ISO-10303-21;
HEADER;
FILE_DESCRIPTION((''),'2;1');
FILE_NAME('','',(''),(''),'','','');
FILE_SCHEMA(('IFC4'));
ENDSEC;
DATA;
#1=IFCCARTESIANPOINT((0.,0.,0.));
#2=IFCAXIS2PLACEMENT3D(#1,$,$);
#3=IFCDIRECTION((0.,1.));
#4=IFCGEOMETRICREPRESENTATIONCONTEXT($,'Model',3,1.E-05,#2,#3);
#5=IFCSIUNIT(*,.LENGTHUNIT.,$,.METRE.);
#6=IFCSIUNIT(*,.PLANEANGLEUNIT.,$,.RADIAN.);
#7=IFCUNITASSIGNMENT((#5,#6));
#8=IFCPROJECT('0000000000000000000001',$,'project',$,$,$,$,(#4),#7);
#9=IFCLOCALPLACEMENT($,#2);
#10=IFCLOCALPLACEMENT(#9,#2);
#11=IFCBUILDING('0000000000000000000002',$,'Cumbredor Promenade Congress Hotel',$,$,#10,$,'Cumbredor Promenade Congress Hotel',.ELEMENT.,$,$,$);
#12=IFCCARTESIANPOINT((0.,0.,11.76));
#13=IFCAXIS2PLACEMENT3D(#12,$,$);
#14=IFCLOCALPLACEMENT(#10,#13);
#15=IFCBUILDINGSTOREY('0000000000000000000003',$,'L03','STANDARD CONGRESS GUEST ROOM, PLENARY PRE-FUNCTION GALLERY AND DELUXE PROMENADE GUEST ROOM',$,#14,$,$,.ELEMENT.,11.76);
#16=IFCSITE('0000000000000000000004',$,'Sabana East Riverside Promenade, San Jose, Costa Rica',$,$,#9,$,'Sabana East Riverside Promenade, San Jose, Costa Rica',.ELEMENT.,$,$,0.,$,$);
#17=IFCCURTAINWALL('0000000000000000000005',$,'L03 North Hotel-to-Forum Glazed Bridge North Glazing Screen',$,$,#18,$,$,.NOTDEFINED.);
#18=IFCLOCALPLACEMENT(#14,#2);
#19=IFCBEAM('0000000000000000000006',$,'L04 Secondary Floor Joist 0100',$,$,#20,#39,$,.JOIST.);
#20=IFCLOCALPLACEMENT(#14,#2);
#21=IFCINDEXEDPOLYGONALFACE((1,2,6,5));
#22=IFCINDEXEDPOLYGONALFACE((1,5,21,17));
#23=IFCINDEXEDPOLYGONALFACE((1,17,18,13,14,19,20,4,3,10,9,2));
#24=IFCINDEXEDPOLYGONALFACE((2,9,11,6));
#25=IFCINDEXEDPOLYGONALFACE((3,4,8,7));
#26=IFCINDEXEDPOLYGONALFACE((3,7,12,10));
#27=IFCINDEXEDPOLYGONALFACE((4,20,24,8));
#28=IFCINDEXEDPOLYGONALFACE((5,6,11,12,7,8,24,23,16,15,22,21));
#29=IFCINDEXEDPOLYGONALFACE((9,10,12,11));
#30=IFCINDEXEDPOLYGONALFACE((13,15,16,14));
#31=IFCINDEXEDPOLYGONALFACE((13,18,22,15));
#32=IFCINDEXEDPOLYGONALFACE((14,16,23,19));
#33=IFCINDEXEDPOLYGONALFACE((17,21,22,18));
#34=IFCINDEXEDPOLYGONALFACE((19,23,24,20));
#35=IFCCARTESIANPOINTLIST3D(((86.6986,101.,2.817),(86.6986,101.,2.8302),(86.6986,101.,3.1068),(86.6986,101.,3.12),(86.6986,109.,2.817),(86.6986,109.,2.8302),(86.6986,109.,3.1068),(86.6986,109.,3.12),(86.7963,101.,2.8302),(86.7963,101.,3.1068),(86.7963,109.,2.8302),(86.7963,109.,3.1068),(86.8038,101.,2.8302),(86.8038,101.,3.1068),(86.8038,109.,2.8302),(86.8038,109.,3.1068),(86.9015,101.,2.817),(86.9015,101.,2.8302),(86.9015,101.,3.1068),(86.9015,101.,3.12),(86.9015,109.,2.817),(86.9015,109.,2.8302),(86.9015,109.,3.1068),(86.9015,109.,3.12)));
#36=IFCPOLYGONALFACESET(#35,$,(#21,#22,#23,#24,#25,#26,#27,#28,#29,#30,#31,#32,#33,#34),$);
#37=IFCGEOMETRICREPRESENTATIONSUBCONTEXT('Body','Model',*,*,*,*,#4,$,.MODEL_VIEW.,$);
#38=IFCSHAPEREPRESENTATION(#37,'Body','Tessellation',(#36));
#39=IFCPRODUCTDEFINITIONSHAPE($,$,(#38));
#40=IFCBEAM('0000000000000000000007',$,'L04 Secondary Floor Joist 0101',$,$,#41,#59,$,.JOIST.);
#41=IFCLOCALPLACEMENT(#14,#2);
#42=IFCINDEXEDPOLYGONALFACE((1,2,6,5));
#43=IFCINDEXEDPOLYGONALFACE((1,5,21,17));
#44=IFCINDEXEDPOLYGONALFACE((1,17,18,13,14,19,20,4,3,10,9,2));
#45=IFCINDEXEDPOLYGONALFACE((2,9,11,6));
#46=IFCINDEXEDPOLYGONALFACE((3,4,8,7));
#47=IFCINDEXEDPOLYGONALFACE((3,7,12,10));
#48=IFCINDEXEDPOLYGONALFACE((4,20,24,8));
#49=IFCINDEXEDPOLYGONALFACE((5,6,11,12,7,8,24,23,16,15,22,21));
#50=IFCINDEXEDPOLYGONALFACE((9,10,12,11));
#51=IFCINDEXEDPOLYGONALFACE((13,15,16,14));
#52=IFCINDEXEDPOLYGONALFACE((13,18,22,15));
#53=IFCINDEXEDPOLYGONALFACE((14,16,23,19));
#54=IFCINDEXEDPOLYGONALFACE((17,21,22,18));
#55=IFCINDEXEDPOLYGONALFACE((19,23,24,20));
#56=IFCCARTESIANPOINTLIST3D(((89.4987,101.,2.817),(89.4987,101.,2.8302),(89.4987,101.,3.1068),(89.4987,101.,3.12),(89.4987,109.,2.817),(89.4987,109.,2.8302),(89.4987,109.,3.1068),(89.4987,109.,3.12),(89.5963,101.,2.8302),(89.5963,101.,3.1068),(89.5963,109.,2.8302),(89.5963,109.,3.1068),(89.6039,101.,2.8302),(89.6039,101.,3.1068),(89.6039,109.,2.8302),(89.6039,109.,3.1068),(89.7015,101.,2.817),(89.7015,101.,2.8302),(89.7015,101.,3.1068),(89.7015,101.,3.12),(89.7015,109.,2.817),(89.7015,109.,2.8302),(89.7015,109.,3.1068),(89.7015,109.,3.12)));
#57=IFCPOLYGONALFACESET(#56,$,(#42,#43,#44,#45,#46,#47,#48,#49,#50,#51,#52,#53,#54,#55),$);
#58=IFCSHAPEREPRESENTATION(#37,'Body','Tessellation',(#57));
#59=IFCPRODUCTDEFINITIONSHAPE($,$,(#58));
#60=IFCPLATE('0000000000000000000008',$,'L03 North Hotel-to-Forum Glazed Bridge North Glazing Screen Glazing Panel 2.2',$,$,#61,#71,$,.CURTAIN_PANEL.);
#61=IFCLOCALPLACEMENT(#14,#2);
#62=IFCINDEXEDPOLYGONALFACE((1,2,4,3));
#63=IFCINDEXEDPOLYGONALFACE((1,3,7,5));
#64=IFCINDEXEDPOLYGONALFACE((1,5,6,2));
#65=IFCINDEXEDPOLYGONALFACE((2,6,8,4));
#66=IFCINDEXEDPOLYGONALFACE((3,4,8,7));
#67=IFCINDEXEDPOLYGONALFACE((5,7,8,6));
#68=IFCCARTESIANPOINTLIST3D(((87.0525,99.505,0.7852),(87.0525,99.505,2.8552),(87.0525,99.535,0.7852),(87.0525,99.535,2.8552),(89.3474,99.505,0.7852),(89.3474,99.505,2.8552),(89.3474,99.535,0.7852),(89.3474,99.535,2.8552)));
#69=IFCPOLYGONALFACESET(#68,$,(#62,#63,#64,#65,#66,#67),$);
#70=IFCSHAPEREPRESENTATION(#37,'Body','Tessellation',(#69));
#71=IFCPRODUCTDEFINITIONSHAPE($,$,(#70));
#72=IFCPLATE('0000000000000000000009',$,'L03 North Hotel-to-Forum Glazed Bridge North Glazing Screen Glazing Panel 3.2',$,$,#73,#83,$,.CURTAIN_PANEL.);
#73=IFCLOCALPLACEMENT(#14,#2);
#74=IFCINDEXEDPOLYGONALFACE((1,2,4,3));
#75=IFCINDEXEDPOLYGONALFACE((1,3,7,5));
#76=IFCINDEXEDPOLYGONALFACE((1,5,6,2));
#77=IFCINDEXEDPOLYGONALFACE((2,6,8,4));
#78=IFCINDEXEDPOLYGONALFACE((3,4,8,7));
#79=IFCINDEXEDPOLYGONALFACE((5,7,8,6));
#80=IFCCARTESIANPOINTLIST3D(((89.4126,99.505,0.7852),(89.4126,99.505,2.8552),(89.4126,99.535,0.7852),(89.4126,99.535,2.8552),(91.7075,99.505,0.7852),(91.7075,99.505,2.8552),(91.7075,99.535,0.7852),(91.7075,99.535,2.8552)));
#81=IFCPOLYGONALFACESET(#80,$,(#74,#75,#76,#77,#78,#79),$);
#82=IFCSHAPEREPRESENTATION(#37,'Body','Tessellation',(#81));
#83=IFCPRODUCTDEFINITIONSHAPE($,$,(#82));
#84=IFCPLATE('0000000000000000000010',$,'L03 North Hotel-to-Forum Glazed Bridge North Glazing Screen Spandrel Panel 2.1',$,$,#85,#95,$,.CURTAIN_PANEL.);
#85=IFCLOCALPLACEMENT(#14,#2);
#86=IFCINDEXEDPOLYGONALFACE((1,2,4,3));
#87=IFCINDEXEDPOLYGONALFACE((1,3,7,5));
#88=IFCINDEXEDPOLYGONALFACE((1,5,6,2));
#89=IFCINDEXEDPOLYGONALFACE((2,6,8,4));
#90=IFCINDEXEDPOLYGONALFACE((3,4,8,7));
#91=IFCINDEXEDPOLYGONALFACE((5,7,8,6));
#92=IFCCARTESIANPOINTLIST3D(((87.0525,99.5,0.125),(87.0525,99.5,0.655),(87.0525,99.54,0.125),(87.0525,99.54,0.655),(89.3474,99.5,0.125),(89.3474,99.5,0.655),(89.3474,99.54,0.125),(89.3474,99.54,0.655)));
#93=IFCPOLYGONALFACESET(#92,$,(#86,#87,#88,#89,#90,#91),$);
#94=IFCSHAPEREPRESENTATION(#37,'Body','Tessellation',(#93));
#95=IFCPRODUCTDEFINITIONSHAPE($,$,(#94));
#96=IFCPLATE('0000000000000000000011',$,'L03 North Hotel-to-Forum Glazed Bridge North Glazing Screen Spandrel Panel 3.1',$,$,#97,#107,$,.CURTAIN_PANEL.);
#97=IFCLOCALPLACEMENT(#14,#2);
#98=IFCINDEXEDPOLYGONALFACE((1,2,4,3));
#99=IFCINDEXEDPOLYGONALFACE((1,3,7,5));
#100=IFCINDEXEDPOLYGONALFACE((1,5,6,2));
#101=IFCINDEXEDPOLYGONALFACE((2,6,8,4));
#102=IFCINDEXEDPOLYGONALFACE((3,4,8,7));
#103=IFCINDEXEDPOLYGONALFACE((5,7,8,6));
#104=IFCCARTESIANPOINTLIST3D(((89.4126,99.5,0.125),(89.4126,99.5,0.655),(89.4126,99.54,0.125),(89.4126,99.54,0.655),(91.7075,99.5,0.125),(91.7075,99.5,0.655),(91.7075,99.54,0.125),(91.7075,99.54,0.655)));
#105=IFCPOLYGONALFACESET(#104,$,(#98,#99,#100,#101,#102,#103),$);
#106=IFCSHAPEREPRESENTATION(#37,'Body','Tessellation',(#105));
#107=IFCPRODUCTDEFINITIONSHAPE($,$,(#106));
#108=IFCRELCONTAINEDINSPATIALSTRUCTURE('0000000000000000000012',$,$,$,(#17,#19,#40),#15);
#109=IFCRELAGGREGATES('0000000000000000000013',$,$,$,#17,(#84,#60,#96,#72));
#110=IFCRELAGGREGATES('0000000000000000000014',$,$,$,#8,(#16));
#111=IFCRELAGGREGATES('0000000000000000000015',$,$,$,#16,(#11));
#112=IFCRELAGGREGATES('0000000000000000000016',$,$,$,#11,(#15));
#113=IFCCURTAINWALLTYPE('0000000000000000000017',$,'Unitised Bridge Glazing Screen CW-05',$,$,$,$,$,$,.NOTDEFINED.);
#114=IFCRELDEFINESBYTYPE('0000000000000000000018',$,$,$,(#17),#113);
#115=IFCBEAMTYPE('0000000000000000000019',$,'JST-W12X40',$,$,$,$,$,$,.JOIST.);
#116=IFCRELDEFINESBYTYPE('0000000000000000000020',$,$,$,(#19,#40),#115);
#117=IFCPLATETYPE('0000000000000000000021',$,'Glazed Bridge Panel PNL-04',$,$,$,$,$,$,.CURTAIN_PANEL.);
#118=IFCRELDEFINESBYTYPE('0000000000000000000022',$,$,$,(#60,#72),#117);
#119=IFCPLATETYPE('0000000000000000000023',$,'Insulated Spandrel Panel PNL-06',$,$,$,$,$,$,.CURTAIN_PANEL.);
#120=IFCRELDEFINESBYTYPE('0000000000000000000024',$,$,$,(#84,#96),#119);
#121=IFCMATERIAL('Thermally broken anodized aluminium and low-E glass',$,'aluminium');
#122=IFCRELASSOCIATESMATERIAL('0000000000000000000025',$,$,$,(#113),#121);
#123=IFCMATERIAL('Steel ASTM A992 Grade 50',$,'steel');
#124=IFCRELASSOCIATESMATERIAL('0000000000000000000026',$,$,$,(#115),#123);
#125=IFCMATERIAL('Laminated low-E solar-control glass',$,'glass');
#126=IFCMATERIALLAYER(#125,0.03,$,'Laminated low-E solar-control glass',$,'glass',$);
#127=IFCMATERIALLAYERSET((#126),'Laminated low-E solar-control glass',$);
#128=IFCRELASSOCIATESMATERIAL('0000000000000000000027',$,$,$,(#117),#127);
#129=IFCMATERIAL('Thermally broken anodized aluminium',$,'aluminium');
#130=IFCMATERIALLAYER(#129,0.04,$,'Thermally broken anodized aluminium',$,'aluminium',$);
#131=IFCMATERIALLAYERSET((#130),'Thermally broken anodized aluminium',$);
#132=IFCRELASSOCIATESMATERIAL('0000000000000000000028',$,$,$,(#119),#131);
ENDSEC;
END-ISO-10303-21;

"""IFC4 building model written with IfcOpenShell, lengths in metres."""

from ifc_helpers import new_model, si_unit, direction, frame, origin, origin_2d, place, context, subcontext, project, spatial, rectangle, i_section, extrude, material, layer, layer_set, material_profile, profile_set, type_object, element, aggregate, save


model = new_model("IFC4")

# Units and contexts
model_context = context("Model", 3, precision=1e-05, world=origin(), true_north=direction((0.0, 1.0)))
body_context = subcontext(model_context, "Body", "Model", "MODEL_VIEW")
ifc_project = project(units=[si_unit("LENGTHUNIT", "METRE"), si_unit("PLANEANGLEUNIT", "RADIAN")], contexts=[model_context])

# Site, building, storey
site_placement = place(None, origin())
site = spatial("IfcSite", under=ifc_project, at=site_placement, Name="Sabana East Riverside Promenade, San Jose, Costa Rica", LongName="Sabana East Riverside Promenade, San Jose, Costa Rica", CompositionType="ELEMENT", RefElevation=0.0)
building_placement = place(site_placement, origin())
building = spatial("IfcBuilding", under=site, at=building_placement, Name="Cumbredor Promenade Congress Hotel", LongName="Cumbredor Promenade Congress Hotel", CompositionType="ELEMENT")
storey_placement = place(building_placement, frame((0.0, 0.0, 11.76)))
storey = spatial("IfcBuildingStorey", under=building, at=storey_placement, Name="L03", Description="STANDARD CONGRESS GUEST ROOM, PLENARY PRE-FUNCTION GALLERY AND DELUXE PROMENADE GUEST ROOM", CompositionType="ELEMENT", Elevation=11.76)

# Curtain wall
ifc_material_1 = material(Name="Thermally broken anodized aluminium and low-E glass", Category="aluminium")
curtain_wall_type_1 = type_object("IfcCurtainWallType", Name="Unitised Bridge Glazing Screen CW-05", PredefinedType="NOTDEFINED", material=ifc_material_1)
curtain_wall_1_placement = place(storey_placement, origin())
curtain_wall_1 = element("IfcCurtainWall", 1, at=curtain_wall_1_placement, inside=storey, type_object=curtain_wall_type_1, Name="L03 North Hotel-to-Forum Glazed Bridge North Glazing Screen", PredefinedType="NOTDEFINED")
ifc_material_2 = material(Name="Thermally broken anodized aluminium", Category="aluminium")

# Beams
ifc_material_3 = material(Name="Steel ASTM A992 Grade 50", Category="steel")
ifc_material_profile_1 = material_profile(ifc_material_3, i_section(OverallWidth=0.2029, OverallDepth=0.303, WebThickness=0.0076, FlangeThickness=0.0132, at=origin_2d()), Name="W12X40")
ifc_profile_set_1 = profile_set([ifc_material_profile_1], Name="Steel ASTM A992 Grade 50")
beam_type_1 = type_object("IfcBeamType", Name="JST-W12X40", PredefinedType="JOIST", material=ifc_profile_set_1)
for number, where, z_axis, x_axis, name in (
    (2, (86.8, 101.0, 2.9685), (0.0, 1.0, 0.0), (-1.0, 0.0, 0.0), "L04 Secondary Floor Joist 0100"),
    (3, (89.6001, 101.0, 2.9685), (0.0, 1.0, 0.0), (-1.0, 0.0, 0.0), "L04 Secondary Floor Joist 0101"),
):
    element("IfcBeam", number, at=place(storey_placement, frame(where, z_axis=z_axis, x_axis=x_axis)), inside=storey, type_object=beam_type_1, Name=name, PredefinedType="JOIST", context=body_context, shape_type="SweptSolid", body=[
        extrude(i_section(OverallWidth=0.2029, OverallDepth=0.303, WebThickness=0.0076, FlangeThickness=0.0132, at=origin_2d()), origin(), (0.0, 0.0, 1.0), 8.0),
    ])

# Plates
ifc_material_4 = material(Name="Laminated low-E solar-control glass", Category="glass")
ifc_layer_1 = layer(ifc_material_4, 0.03, Name="Laminated low-E solar-control glass", Category="glass")
ifc_layer_set_1 = layer_set([ifc_layer_1], Name="Laminated low-E solar-control glass")
plate_type_1 = type_object("IfcPlateType", Name="Glazed Bridge Panel PNL-04", PredefinedType="CURTAIN_PANEL", material=ifc_layer_set_1)
plate_1_placement = place(storey_placement, frame((88.2, 99.52, 0.7852), z_axis=(0.0, 0.0, 1.0), x_axis=(1.0, 0.0, 0.0)))
plate_1 = element("IfcPlate", 4, at=plate_1_placement, type_object=plate_type_1, Name="L03 North Hotel-to-Forum Glazed Bridge North Glazing Screen Glazing Panel 2.2", PredefinedType="CURTAIN_PANEL", context=body_context, shape_type="SweptSolid", body=[
    extrude(rectangle(XDim=2.2949, YDim=0.03, at=origin_2d()), origin(), (0.0, 0.0, 1.0), 2.0701),
])
plate_2_placement = place(storey_placement, frame((90.5601, 99.52, 0.7852), z_axis=(0.0, 0.0, 1.0), x_axis=(1.0, 0.0, 0.0)))
plate_2 = element("IfcPlate", 5, at=plate_2_placement, type_object=plate_type_1, Name="L03 North Hotel-to-Forum Glazed Bridge North Glazing Screen Glazing Panel 3.2", PredefinedType="CURTAIN_PANEL", context=body_context, shape_type="SweptSolid", body=[
    extrude(rectangle(XDim=2.2949, YDim=0.03, at=origin_2d()), origin(), (0.0, 0.0, 1.0), 2.0701),
])
ifc_layer_2 = layer(ifc_material_2, 0.04, Name="Thermally broken anodized aluminium", Category="aluminium")
ifc_layer_set_2 = layer_set([ifc_layer_2], Name="Thermally broken anodized aluminium")
plate_type_2 = type_object("IfcPlateType", Name="Insulated Spandrel Panel PNL-06", PredefinedType="CURTAIN_PANEL", material=ifc_layer_set_2)
plate_3_placement = place(storey_placement, frame((88.2, 99.52, 0.125), z_axis=(0.0, 0.0, 1.0), x_axis=(1.0, 0.0, 0.0)))
plate_3 = element("IfcPlate", 6, at=plate_3_placement, type_object=plate_type_2, Name="L03 North Hotel-to-Forum Glazed Bridge North Glazing Screen Spandrel Panel 2.1", PredefinedType="CURTAIN_PANEL", context=body_context, shape_type="SweptSolid", body=[
    extrude(rectangle(XDim=2.2949, YDim=0.04, at=origin_2d()), origin(), (0.0, 0.0, 1.0), 0.53),
])
plate_4_placement = place(storey_placement, frame((90.5601, 99.52, 0.125), z_axis=(0.0, 0.0, 1.0), x_axis=(1.0, 0.0, 0.0)))
plate_4 = element("IfcPlate", 7, at=plate_4_placement, type_object=plate_type_2, Name="L03 North Hotel-to-Forum Glazed Bridge North Glazing Screen Spandrel Panel 3.1", PredefinedType="CURTAIN_PANEL", context=body_context, shape_type="SweptSolid", body=[
    extrude(rectangle(XDim=2.2949, YDim=0.04, at=origin_2d()), origin(), (0.0, 0.0, 1.0), 0.53),
])
aggregate(curtain_wall_1, [plate_3, plate_1, plate_4, plate_2])

save(model, "model.ifc")
